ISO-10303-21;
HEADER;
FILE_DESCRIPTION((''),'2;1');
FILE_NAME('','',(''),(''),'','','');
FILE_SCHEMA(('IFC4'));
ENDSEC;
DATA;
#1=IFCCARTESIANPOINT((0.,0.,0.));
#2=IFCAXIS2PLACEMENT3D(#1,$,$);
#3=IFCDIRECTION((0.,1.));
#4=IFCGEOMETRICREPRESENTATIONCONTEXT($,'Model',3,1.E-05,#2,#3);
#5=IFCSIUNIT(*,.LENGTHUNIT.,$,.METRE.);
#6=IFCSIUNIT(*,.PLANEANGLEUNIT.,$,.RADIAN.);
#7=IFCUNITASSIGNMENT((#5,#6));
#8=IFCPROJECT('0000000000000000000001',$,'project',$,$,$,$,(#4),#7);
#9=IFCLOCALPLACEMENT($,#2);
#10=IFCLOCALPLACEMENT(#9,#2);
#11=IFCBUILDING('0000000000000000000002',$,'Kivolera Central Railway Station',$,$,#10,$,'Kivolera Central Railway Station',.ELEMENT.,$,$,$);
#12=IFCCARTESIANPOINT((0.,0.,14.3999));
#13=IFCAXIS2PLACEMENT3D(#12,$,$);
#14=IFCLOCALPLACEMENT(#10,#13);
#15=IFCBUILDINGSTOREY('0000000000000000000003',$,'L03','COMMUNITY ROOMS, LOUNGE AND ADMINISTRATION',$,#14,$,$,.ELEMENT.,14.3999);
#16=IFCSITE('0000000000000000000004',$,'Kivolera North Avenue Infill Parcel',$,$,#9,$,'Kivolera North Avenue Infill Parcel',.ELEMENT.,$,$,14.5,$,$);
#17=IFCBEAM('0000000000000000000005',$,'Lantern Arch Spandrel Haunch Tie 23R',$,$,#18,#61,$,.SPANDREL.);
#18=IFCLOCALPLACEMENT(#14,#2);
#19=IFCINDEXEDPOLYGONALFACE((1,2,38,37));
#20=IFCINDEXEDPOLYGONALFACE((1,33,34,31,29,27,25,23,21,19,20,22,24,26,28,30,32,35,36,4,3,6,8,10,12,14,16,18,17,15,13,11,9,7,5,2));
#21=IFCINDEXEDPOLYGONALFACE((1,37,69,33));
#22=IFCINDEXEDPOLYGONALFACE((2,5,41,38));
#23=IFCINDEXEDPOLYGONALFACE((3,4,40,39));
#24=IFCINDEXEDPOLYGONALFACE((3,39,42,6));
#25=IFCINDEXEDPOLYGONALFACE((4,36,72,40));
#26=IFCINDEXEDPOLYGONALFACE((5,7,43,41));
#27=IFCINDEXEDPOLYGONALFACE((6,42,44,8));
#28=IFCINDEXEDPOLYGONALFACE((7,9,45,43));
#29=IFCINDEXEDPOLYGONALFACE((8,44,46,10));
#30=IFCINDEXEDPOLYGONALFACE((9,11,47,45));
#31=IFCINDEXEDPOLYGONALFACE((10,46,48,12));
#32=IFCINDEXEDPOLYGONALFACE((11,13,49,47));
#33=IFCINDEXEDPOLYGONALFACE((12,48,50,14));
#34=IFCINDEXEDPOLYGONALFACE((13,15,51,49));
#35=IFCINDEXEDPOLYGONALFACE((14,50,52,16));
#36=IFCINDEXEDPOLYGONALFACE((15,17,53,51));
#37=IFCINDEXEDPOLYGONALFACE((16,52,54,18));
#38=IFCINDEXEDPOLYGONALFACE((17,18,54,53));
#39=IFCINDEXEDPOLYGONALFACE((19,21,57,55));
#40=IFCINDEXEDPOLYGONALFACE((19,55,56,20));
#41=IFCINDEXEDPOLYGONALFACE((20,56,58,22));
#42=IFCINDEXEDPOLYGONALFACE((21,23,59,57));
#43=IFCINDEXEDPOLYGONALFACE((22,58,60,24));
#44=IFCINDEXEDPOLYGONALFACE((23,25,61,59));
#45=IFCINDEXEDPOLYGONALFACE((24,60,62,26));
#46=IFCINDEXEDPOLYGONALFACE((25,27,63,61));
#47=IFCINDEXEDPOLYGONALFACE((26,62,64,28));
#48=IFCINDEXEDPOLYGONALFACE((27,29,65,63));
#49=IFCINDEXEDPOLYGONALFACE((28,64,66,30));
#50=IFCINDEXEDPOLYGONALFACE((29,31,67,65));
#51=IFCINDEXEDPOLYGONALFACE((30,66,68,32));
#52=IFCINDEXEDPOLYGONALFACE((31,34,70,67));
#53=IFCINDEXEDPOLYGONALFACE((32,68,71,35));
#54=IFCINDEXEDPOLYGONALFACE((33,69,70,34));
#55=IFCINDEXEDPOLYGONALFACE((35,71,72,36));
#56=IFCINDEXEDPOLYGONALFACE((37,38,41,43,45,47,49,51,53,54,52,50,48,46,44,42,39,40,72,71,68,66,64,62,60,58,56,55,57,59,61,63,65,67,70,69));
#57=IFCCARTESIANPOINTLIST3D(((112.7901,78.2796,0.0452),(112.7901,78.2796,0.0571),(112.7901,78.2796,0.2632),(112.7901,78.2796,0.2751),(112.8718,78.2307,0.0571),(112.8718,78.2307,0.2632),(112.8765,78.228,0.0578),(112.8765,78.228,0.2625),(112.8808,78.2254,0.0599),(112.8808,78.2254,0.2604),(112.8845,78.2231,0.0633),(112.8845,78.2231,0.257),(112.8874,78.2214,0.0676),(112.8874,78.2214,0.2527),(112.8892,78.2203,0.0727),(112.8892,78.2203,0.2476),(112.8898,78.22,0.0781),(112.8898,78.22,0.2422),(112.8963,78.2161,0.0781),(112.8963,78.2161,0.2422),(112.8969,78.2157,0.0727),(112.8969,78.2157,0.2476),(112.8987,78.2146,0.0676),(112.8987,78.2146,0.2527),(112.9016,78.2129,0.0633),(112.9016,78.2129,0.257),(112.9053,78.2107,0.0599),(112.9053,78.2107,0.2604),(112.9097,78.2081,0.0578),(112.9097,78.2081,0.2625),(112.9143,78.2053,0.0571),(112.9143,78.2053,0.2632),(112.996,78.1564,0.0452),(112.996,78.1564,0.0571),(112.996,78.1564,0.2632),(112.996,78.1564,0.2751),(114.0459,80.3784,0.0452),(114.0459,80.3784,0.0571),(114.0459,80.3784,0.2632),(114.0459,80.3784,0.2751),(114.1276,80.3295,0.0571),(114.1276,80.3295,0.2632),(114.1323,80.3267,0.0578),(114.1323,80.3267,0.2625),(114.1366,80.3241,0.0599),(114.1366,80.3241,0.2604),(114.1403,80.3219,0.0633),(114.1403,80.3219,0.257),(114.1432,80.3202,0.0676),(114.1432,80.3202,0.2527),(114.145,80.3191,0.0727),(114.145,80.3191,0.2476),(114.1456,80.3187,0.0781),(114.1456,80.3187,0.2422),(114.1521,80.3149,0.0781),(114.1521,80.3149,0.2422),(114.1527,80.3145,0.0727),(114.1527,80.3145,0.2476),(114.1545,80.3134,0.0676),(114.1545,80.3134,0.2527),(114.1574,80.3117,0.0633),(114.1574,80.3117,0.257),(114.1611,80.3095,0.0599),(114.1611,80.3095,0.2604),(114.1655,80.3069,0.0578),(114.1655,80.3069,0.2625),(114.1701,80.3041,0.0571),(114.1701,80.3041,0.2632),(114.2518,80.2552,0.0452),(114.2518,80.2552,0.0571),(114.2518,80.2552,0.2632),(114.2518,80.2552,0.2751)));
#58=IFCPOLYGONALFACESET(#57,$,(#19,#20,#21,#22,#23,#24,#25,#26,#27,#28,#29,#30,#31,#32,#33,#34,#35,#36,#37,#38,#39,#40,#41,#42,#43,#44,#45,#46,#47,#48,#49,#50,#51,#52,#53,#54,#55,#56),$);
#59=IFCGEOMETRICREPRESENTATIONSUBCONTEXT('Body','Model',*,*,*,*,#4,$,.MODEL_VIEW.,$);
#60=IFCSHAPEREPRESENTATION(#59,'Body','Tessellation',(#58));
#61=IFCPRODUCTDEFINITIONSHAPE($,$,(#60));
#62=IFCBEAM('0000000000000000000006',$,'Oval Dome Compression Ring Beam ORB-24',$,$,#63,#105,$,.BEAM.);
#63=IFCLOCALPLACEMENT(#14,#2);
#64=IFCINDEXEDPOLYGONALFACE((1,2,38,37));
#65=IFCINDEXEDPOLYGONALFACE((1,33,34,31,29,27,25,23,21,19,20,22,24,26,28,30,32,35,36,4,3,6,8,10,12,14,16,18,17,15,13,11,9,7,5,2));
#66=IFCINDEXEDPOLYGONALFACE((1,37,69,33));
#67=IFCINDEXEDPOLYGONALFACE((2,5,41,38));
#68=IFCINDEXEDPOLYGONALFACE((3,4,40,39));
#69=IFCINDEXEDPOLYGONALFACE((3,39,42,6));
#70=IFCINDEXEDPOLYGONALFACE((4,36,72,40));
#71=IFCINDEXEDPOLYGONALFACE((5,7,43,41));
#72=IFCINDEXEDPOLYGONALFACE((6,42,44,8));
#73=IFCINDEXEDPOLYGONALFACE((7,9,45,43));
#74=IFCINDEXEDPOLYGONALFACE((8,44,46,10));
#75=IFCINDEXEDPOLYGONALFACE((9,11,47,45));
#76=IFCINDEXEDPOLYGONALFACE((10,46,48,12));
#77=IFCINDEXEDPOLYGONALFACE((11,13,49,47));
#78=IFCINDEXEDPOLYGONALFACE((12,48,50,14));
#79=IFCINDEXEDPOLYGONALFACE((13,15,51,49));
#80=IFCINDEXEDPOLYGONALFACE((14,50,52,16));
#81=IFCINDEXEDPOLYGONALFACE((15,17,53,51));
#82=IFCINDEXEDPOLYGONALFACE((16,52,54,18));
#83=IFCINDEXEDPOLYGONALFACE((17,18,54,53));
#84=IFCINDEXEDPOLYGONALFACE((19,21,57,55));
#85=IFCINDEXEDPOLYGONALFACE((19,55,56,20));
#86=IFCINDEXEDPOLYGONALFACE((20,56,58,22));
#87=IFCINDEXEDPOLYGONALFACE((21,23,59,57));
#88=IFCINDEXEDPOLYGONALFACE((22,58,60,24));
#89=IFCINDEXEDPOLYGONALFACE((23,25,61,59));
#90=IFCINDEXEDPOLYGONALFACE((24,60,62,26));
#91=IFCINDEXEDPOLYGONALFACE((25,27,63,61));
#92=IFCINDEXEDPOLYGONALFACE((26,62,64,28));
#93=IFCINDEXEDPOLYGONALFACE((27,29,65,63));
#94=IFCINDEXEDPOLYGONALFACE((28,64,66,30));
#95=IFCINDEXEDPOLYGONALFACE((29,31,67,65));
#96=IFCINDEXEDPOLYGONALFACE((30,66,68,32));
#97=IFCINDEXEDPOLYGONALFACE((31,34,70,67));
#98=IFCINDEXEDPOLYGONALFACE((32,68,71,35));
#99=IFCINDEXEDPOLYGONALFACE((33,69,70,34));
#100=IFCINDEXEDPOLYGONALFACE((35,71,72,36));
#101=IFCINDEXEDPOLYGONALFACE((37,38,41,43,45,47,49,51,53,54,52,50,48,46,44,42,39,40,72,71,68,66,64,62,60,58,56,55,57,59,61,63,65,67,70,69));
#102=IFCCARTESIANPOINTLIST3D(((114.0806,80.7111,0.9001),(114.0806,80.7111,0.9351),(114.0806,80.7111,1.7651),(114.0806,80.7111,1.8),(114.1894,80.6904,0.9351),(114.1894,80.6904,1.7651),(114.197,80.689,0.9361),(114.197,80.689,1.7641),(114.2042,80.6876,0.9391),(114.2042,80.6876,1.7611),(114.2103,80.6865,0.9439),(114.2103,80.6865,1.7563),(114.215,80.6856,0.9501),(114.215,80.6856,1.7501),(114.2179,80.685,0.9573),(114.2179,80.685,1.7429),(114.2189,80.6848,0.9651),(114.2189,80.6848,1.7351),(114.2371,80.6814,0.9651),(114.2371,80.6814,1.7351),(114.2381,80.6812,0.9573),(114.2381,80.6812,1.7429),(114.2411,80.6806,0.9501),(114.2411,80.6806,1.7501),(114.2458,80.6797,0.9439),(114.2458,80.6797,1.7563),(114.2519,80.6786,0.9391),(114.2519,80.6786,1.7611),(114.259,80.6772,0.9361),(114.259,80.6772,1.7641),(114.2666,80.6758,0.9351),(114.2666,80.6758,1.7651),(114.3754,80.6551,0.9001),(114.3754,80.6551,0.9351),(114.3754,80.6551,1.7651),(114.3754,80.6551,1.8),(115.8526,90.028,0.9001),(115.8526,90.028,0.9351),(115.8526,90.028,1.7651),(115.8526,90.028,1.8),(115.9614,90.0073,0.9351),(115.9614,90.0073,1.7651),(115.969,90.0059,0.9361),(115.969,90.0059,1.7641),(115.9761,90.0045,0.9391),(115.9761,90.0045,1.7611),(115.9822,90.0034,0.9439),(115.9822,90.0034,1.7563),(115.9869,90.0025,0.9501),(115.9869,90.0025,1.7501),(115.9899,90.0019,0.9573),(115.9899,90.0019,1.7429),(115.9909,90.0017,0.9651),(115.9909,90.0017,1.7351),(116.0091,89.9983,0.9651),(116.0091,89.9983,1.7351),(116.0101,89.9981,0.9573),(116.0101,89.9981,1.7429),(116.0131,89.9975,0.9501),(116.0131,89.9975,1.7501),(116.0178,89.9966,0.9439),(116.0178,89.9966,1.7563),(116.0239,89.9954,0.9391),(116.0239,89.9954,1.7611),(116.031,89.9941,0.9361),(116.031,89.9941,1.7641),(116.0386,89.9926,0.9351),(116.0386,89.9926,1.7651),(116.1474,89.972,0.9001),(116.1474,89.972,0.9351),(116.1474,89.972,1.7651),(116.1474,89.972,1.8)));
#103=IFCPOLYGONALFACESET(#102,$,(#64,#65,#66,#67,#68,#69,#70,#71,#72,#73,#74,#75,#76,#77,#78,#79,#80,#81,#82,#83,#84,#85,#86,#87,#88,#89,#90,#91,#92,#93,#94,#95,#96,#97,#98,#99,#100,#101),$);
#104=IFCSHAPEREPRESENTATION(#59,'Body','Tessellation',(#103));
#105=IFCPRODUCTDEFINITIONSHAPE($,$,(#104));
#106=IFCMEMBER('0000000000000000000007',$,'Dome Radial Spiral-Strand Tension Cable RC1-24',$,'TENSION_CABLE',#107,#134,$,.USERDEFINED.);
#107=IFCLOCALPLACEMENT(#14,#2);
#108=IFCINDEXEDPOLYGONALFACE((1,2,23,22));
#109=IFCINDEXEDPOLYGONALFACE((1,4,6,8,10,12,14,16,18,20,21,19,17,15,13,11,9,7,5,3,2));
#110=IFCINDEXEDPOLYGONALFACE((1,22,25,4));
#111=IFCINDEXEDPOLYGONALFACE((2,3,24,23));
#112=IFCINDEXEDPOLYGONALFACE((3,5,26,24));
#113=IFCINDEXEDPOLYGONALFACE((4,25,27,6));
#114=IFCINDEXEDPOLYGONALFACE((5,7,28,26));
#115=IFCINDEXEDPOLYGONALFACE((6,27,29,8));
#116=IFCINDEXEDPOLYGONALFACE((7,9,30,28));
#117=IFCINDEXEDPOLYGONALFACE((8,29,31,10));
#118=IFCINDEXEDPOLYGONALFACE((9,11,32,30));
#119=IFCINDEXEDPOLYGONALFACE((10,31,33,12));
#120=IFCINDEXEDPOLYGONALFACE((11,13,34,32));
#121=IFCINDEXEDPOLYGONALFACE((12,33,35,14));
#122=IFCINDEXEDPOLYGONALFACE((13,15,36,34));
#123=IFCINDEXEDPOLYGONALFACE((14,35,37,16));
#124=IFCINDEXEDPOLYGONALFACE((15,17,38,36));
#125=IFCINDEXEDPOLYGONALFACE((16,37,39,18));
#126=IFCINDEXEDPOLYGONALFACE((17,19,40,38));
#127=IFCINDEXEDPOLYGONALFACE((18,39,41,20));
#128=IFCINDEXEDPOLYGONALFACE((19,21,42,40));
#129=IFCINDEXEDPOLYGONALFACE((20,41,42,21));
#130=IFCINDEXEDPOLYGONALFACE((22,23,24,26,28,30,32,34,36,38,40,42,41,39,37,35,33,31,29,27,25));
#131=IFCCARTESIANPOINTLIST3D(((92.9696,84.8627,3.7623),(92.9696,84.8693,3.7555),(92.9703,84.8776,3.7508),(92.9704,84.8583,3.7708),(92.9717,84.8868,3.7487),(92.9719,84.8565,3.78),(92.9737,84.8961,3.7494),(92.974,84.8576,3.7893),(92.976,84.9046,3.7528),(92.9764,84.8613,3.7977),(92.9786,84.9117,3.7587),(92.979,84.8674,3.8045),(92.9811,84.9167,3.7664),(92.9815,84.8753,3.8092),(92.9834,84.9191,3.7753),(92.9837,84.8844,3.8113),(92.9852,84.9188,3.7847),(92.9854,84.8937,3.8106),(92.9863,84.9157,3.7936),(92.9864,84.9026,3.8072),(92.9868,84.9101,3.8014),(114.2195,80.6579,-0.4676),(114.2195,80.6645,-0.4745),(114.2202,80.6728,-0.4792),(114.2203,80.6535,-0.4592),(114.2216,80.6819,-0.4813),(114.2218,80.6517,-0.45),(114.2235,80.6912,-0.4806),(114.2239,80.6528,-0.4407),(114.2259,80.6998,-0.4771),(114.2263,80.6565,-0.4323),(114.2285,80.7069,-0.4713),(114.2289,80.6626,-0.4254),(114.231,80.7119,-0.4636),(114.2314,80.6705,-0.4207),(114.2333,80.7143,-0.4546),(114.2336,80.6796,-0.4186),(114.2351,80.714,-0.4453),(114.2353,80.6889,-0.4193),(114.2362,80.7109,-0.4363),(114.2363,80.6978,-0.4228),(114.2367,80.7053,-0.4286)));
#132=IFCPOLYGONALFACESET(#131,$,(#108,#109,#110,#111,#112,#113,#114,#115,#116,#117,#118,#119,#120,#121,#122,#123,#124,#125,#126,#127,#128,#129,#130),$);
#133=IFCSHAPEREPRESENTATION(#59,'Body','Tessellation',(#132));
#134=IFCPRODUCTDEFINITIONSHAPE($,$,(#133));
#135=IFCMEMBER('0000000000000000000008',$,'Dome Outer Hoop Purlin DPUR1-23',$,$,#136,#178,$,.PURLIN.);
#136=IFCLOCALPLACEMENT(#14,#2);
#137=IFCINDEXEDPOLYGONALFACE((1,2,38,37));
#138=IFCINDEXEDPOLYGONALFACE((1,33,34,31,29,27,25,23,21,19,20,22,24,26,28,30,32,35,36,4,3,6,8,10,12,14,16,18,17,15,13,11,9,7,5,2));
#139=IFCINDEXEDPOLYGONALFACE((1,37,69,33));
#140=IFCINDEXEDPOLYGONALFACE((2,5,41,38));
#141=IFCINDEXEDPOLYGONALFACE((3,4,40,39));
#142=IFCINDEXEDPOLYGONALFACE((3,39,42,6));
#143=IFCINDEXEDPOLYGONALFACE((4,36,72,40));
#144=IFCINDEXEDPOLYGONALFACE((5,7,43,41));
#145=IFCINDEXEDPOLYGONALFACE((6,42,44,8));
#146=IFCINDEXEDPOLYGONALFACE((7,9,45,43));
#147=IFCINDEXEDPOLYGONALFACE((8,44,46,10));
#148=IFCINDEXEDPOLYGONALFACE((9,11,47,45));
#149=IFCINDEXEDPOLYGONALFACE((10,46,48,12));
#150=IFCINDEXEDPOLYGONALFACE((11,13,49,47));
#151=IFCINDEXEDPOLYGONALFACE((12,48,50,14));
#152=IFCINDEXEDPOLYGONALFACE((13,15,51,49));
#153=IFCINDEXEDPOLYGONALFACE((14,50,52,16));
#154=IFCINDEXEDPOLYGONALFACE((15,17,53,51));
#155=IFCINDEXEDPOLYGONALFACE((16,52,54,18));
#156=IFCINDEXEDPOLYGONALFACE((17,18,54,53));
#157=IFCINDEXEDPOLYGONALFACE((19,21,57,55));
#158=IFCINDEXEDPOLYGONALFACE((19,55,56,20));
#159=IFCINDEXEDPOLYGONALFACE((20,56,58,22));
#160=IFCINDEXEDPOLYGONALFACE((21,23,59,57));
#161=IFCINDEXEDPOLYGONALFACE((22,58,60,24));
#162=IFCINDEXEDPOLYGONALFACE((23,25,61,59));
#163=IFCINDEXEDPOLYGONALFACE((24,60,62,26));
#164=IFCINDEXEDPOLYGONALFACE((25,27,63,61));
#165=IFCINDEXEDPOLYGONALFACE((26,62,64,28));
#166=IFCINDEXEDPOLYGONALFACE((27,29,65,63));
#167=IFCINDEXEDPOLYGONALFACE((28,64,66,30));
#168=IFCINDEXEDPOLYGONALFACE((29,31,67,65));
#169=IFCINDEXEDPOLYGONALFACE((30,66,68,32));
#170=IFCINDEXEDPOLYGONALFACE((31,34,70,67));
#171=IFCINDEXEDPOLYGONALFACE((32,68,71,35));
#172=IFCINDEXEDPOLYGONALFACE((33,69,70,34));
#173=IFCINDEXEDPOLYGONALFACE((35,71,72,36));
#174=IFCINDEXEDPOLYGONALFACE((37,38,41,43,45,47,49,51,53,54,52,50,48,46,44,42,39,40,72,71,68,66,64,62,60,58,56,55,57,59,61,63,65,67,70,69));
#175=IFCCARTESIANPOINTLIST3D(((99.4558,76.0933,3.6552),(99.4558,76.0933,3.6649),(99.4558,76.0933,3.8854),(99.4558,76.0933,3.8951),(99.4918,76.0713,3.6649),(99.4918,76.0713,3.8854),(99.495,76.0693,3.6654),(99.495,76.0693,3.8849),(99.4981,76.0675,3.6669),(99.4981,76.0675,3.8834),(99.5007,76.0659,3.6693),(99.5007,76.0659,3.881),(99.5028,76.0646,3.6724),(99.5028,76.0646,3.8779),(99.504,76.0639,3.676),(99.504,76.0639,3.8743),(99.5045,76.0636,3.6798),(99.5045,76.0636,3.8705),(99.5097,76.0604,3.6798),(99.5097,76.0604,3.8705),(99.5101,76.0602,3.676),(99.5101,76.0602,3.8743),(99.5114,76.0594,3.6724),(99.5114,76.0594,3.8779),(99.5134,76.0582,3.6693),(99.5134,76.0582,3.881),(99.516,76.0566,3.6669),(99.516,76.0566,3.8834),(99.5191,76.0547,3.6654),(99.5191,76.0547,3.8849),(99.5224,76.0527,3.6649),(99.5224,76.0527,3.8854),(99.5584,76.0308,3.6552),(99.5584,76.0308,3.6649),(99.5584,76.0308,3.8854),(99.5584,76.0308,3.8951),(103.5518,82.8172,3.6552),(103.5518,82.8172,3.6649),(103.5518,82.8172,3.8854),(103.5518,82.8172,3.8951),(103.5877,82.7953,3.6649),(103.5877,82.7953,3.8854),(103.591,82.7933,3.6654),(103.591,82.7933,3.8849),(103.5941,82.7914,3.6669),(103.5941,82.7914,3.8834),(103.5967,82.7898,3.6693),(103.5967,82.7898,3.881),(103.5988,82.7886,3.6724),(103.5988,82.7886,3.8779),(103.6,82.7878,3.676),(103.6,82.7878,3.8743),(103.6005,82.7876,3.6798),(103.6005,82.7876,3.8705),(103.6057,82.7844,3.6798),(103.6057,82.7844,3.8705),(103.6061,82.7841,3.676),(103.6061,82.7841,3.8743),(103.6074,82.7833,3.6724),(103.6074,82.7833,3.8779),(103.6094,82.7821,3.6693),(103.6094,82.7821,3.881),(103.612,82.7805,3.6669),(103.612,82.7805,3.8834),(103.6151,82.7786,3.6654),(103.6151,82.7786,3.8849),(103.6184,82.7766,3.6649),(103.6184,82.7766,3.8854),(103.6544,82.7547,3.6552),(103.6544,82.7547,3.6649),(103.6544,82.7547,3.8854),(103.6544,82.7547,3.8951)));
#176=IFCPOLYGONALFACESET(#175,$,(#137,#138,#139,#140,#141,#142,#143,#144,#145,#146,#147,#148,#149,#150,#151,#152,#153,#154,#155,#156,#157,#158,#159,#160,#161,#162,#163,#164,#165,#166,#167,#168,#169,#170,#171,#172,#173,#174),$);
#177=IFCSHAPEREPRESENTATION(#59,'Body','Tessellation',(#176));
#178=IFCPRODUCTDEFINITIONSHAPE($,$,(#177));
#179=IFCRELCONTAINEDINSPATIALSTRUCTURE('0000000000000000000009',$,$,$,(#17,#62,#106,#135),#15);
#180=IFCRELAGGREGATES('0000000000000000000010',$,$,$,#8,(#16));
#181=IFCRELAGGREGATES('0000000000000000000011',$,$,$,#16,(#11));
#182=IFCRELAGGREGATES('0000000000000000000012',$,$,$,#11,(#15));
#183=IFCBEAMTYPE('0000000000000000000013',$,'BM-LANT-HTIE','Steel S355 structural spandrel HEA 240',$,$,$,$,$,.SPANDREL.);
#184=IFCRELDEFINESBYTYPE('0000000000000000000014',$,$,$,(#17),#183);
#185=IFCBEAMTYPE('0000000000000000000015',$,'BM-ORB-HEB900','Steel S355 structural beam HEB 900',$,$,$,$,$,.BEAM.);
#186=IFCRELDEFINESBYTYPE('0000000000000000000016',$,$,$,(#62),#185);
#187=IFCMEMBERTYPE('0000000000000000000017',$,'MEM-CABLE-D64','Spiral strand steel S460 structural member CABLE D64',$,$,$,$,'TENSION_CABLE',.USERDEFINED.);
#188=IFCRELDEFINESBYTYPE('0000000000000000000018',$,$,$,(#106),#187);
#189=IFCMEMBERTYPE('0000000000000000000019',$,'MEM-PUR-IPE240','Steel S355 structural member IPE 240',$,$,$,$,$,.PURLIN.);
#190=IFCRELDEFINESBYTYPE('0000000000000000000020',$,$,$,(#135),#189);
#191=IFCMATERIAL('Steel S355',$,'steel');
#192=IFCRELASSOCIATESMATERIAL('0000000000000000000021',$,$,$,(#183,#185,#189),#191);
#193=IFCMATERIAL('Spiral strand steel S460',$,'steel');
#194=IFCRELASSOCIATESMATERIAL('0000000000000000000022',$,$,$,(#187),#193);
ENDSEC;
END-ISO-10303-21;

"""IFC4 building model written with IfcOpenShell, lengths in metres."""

from ifc_helpers import new_model, si_unit, direction, frame, origin, origin_2d, place, context, subcontext, project, spatial, circle, i_section, extrude, material, material_profile, profile_set, type_object, element, save


model = new_model("IFC4")

# Units and contexts
model_context = context("Model", 3, precision=1e-05, world=origin(), true_north=direction((0.0, 1.0)))
body_context = subcontext(model_context, "Body", "Model", "MODEL_VIEW")
ifc_project = project(units=[si_unit("LENGTHUNIT", "METRE"), si_unit("PLANEANGLEUNIT", "RADIAN")], contexts=[model_context])

# Site, building, storey
site_placement = place(None, origin())
site = spatial("IfcSite", under=ifc_project, at=site_placement, Name="Kivolera North Avenue Infill Parcel", LongName="Kivolera North Avenue Infill Parcel", CompositionType="ELEMENT", RefElevation=14.5)
building_placement = place(site_placement, origin())
building = spatial("IfcBuilding", under=site, at=building_placement, Name="Kivolera Central Railway Station", LongName="Kivolera Central Railway Station", CompositionType="ELEMENT")
storey_placement = place(building_placement, frame((0.0, 0.0, 14.3999)))
storey = spatial("IfcBuildingStorey", under=building, at=storey_placement, Name="L03", Description="COMMUNITY ROOMS, LOUNGE AND ADMINISTRATION", CompositionType="ELEMENT", Elevation=14.3999)

# Beams
ifc_material_1 = material(Name="Steel S355", Category="steel")
ifc_material_profile_1 = material_profile(ifc_material_1, i_section(OverallWidth=0.24, OverallDepth=0.23, WebThickness=0.0076, FlangeThickness=0.012, FilletRadius=0.021, at=origin_2d()), Name="HEA 240")
ifc_profile_set_1 = profile_set([ifc_material_profile_1], Name="Steel S355")
beam_type_1 = type_object("IfcBeamType", Name="BM-LANT-HTIE", Description="Steel S355 structural spandrel HEA 240", PredefinedType="SPANDREL", material=ifc_profile_set_1)
beam_1_placement = place(storey_placement, frame((112.8931, 78.218, 0.1602), z_axis=(0.513453, 0.858118, 0.0), x_axis=(-0.858118, 0.513453, 0.0)))
element("IfcBeam", 1, at=beam_1_placement, inside=storey, type_object=beam_type_1, Name="Lantern Arch Spandrel Haunch Tie 23R", PredefinedType="SPANDREL", context=body_context, shape_type="SweptSolid", body=[
    extrude(i_section(OverallWidth=0.24, OverallDepth=0.23, WebThickness=0.0076, FlangeThickness=0.012, FilletRadius=0.021, at=origin_2d()), origin(), (0.0, 0.0, 1.0), 2.4458),
])
ifc_material_profile_2 = material_profile(ifc_material_1, i_section(OverallWidth=0.3, OverallDepth=0.8999, WebThickness=0.0186, FlangeThickness=0.0349, FilletRadius=0.03, at=origin_2d()), Name="HEB 900")
ifc_profile_set_2 = profile_set([ifc_material_profile_2], Name="Steel S355")
beam_type_2 = type_object("IfcBeamType", Name="BM-ORB-HEB900", Description="Steel S355 structural beam HEB 900", PredefinedType="BEAM", material=ifc_profile_set_2)
beam_2_placement = place(storey_placement, frame((114.228, 80.6831, 1.3501), z_axis=(0.18684, 0.98239, 0.0), x_axis=(-0.98239, 0.18684, 0.0)))
element("IfcBeam", 2, at=beam_2_placement, inside=storey, type_object=beam_type_2, Name="Oval Dome Compression Ring Beam ORB-24", PredefinedType="BEAM", context=body_context, shape_type="SweptSolid", body=[
    extrude(i_section(OverallWidth=0.3, OverallDepth=0.8999, WebThickness=0.0186, FlangeThickness=0.0349, FilletRadius=0.03, at=origin_2d()), origin(), (0.0, 0.0, 1.0), 9.4839),
])

# Members
ifc_material_2 = material(Name="Spiral strand steel S460", Category="steel")
ifc_material_profile_3 = material_profile(ifc_material_2, circle(Radius=0.032, at=origin_2d()), Name="CABLE D64")
ifc_profile_set_3 = profile_set([ifc_material_profile_3], Name="Spiral strand steel S460")
member_type_1 = type_object("IfcMemberType", Name="MEM-CABLE-D64", Description="Spiral strand steel S460 structural member CABLE D64", ElementType="TENSION_CABLE", PredefinedType="USERDEFINED", material=ifc_profile_set_3)
member_1_placement = place(storey_placement, frame((114.228, 80.6831, -0.45), z_axis=(-0.962795, 0.190513, 0.191652), x_axis=(-0.194111, -0.98098, 0.0)))
element("IfcMember", 3, at=member_1_placement, inside=storey, type_object=member_type_1, Name="Dome Radial Spiral-Strand Tension Cable RC1-24", ObjectType="TENSION_CABLE", PredefinedType="USERDEFINED", context=body_context, shape_type="SweptSolid", body=[
    extrude(circle(Radius=0.032, at=origin_2d()), origin(), (0.0, 0.0, 1.0), 22.071),
])
ifc_material_profile_4 = material_profile(ifc_material_1, i_section(OverallWidth=0.1201, OverallDepth=0.24, WebThickness=0.0061, FlangeThickness=0.0098, FilletRadius=0.0149, at=origin_2d()), Name="IPE 240")
ifc_profile_set_4 = profile_set([ifc_material_profile_4], Name="Steel S355")
member_type_2 = type_object("IfcMemberType", Name="MEM-PUR-IPE240", Description="Steel S355 structural member IPE 240", PredefinedType="PURLIN", material=ifc_profile_set_4)
member_2_placement = place(storey_placement, frame((99.5071, 76.062, 3.7751), z_axis=(0.520239, 0.854021, 0.0), x_axis=(-0.854021, 0.520239, 0.0)))
element("IfcMember", 4, at=member_2_placement, inside=storey, type_object=member_type_2, Name="Dome Outer Hoop Purlin DPUR1-23", PredefinedType="PURLIN", context=body_context, shape_type="SweptSolid", body=[
    extrude(i_section(OverallWidth=0.1201, OverallDepth=0.24, WebThickness=0.0061, FlangeThickness=0.0098, FilletRadius=0.0149, at=origin_2d()), origin(), (0.0, 0.0, 1.0), 7.8733),
])

save(model, "model.ifc")
